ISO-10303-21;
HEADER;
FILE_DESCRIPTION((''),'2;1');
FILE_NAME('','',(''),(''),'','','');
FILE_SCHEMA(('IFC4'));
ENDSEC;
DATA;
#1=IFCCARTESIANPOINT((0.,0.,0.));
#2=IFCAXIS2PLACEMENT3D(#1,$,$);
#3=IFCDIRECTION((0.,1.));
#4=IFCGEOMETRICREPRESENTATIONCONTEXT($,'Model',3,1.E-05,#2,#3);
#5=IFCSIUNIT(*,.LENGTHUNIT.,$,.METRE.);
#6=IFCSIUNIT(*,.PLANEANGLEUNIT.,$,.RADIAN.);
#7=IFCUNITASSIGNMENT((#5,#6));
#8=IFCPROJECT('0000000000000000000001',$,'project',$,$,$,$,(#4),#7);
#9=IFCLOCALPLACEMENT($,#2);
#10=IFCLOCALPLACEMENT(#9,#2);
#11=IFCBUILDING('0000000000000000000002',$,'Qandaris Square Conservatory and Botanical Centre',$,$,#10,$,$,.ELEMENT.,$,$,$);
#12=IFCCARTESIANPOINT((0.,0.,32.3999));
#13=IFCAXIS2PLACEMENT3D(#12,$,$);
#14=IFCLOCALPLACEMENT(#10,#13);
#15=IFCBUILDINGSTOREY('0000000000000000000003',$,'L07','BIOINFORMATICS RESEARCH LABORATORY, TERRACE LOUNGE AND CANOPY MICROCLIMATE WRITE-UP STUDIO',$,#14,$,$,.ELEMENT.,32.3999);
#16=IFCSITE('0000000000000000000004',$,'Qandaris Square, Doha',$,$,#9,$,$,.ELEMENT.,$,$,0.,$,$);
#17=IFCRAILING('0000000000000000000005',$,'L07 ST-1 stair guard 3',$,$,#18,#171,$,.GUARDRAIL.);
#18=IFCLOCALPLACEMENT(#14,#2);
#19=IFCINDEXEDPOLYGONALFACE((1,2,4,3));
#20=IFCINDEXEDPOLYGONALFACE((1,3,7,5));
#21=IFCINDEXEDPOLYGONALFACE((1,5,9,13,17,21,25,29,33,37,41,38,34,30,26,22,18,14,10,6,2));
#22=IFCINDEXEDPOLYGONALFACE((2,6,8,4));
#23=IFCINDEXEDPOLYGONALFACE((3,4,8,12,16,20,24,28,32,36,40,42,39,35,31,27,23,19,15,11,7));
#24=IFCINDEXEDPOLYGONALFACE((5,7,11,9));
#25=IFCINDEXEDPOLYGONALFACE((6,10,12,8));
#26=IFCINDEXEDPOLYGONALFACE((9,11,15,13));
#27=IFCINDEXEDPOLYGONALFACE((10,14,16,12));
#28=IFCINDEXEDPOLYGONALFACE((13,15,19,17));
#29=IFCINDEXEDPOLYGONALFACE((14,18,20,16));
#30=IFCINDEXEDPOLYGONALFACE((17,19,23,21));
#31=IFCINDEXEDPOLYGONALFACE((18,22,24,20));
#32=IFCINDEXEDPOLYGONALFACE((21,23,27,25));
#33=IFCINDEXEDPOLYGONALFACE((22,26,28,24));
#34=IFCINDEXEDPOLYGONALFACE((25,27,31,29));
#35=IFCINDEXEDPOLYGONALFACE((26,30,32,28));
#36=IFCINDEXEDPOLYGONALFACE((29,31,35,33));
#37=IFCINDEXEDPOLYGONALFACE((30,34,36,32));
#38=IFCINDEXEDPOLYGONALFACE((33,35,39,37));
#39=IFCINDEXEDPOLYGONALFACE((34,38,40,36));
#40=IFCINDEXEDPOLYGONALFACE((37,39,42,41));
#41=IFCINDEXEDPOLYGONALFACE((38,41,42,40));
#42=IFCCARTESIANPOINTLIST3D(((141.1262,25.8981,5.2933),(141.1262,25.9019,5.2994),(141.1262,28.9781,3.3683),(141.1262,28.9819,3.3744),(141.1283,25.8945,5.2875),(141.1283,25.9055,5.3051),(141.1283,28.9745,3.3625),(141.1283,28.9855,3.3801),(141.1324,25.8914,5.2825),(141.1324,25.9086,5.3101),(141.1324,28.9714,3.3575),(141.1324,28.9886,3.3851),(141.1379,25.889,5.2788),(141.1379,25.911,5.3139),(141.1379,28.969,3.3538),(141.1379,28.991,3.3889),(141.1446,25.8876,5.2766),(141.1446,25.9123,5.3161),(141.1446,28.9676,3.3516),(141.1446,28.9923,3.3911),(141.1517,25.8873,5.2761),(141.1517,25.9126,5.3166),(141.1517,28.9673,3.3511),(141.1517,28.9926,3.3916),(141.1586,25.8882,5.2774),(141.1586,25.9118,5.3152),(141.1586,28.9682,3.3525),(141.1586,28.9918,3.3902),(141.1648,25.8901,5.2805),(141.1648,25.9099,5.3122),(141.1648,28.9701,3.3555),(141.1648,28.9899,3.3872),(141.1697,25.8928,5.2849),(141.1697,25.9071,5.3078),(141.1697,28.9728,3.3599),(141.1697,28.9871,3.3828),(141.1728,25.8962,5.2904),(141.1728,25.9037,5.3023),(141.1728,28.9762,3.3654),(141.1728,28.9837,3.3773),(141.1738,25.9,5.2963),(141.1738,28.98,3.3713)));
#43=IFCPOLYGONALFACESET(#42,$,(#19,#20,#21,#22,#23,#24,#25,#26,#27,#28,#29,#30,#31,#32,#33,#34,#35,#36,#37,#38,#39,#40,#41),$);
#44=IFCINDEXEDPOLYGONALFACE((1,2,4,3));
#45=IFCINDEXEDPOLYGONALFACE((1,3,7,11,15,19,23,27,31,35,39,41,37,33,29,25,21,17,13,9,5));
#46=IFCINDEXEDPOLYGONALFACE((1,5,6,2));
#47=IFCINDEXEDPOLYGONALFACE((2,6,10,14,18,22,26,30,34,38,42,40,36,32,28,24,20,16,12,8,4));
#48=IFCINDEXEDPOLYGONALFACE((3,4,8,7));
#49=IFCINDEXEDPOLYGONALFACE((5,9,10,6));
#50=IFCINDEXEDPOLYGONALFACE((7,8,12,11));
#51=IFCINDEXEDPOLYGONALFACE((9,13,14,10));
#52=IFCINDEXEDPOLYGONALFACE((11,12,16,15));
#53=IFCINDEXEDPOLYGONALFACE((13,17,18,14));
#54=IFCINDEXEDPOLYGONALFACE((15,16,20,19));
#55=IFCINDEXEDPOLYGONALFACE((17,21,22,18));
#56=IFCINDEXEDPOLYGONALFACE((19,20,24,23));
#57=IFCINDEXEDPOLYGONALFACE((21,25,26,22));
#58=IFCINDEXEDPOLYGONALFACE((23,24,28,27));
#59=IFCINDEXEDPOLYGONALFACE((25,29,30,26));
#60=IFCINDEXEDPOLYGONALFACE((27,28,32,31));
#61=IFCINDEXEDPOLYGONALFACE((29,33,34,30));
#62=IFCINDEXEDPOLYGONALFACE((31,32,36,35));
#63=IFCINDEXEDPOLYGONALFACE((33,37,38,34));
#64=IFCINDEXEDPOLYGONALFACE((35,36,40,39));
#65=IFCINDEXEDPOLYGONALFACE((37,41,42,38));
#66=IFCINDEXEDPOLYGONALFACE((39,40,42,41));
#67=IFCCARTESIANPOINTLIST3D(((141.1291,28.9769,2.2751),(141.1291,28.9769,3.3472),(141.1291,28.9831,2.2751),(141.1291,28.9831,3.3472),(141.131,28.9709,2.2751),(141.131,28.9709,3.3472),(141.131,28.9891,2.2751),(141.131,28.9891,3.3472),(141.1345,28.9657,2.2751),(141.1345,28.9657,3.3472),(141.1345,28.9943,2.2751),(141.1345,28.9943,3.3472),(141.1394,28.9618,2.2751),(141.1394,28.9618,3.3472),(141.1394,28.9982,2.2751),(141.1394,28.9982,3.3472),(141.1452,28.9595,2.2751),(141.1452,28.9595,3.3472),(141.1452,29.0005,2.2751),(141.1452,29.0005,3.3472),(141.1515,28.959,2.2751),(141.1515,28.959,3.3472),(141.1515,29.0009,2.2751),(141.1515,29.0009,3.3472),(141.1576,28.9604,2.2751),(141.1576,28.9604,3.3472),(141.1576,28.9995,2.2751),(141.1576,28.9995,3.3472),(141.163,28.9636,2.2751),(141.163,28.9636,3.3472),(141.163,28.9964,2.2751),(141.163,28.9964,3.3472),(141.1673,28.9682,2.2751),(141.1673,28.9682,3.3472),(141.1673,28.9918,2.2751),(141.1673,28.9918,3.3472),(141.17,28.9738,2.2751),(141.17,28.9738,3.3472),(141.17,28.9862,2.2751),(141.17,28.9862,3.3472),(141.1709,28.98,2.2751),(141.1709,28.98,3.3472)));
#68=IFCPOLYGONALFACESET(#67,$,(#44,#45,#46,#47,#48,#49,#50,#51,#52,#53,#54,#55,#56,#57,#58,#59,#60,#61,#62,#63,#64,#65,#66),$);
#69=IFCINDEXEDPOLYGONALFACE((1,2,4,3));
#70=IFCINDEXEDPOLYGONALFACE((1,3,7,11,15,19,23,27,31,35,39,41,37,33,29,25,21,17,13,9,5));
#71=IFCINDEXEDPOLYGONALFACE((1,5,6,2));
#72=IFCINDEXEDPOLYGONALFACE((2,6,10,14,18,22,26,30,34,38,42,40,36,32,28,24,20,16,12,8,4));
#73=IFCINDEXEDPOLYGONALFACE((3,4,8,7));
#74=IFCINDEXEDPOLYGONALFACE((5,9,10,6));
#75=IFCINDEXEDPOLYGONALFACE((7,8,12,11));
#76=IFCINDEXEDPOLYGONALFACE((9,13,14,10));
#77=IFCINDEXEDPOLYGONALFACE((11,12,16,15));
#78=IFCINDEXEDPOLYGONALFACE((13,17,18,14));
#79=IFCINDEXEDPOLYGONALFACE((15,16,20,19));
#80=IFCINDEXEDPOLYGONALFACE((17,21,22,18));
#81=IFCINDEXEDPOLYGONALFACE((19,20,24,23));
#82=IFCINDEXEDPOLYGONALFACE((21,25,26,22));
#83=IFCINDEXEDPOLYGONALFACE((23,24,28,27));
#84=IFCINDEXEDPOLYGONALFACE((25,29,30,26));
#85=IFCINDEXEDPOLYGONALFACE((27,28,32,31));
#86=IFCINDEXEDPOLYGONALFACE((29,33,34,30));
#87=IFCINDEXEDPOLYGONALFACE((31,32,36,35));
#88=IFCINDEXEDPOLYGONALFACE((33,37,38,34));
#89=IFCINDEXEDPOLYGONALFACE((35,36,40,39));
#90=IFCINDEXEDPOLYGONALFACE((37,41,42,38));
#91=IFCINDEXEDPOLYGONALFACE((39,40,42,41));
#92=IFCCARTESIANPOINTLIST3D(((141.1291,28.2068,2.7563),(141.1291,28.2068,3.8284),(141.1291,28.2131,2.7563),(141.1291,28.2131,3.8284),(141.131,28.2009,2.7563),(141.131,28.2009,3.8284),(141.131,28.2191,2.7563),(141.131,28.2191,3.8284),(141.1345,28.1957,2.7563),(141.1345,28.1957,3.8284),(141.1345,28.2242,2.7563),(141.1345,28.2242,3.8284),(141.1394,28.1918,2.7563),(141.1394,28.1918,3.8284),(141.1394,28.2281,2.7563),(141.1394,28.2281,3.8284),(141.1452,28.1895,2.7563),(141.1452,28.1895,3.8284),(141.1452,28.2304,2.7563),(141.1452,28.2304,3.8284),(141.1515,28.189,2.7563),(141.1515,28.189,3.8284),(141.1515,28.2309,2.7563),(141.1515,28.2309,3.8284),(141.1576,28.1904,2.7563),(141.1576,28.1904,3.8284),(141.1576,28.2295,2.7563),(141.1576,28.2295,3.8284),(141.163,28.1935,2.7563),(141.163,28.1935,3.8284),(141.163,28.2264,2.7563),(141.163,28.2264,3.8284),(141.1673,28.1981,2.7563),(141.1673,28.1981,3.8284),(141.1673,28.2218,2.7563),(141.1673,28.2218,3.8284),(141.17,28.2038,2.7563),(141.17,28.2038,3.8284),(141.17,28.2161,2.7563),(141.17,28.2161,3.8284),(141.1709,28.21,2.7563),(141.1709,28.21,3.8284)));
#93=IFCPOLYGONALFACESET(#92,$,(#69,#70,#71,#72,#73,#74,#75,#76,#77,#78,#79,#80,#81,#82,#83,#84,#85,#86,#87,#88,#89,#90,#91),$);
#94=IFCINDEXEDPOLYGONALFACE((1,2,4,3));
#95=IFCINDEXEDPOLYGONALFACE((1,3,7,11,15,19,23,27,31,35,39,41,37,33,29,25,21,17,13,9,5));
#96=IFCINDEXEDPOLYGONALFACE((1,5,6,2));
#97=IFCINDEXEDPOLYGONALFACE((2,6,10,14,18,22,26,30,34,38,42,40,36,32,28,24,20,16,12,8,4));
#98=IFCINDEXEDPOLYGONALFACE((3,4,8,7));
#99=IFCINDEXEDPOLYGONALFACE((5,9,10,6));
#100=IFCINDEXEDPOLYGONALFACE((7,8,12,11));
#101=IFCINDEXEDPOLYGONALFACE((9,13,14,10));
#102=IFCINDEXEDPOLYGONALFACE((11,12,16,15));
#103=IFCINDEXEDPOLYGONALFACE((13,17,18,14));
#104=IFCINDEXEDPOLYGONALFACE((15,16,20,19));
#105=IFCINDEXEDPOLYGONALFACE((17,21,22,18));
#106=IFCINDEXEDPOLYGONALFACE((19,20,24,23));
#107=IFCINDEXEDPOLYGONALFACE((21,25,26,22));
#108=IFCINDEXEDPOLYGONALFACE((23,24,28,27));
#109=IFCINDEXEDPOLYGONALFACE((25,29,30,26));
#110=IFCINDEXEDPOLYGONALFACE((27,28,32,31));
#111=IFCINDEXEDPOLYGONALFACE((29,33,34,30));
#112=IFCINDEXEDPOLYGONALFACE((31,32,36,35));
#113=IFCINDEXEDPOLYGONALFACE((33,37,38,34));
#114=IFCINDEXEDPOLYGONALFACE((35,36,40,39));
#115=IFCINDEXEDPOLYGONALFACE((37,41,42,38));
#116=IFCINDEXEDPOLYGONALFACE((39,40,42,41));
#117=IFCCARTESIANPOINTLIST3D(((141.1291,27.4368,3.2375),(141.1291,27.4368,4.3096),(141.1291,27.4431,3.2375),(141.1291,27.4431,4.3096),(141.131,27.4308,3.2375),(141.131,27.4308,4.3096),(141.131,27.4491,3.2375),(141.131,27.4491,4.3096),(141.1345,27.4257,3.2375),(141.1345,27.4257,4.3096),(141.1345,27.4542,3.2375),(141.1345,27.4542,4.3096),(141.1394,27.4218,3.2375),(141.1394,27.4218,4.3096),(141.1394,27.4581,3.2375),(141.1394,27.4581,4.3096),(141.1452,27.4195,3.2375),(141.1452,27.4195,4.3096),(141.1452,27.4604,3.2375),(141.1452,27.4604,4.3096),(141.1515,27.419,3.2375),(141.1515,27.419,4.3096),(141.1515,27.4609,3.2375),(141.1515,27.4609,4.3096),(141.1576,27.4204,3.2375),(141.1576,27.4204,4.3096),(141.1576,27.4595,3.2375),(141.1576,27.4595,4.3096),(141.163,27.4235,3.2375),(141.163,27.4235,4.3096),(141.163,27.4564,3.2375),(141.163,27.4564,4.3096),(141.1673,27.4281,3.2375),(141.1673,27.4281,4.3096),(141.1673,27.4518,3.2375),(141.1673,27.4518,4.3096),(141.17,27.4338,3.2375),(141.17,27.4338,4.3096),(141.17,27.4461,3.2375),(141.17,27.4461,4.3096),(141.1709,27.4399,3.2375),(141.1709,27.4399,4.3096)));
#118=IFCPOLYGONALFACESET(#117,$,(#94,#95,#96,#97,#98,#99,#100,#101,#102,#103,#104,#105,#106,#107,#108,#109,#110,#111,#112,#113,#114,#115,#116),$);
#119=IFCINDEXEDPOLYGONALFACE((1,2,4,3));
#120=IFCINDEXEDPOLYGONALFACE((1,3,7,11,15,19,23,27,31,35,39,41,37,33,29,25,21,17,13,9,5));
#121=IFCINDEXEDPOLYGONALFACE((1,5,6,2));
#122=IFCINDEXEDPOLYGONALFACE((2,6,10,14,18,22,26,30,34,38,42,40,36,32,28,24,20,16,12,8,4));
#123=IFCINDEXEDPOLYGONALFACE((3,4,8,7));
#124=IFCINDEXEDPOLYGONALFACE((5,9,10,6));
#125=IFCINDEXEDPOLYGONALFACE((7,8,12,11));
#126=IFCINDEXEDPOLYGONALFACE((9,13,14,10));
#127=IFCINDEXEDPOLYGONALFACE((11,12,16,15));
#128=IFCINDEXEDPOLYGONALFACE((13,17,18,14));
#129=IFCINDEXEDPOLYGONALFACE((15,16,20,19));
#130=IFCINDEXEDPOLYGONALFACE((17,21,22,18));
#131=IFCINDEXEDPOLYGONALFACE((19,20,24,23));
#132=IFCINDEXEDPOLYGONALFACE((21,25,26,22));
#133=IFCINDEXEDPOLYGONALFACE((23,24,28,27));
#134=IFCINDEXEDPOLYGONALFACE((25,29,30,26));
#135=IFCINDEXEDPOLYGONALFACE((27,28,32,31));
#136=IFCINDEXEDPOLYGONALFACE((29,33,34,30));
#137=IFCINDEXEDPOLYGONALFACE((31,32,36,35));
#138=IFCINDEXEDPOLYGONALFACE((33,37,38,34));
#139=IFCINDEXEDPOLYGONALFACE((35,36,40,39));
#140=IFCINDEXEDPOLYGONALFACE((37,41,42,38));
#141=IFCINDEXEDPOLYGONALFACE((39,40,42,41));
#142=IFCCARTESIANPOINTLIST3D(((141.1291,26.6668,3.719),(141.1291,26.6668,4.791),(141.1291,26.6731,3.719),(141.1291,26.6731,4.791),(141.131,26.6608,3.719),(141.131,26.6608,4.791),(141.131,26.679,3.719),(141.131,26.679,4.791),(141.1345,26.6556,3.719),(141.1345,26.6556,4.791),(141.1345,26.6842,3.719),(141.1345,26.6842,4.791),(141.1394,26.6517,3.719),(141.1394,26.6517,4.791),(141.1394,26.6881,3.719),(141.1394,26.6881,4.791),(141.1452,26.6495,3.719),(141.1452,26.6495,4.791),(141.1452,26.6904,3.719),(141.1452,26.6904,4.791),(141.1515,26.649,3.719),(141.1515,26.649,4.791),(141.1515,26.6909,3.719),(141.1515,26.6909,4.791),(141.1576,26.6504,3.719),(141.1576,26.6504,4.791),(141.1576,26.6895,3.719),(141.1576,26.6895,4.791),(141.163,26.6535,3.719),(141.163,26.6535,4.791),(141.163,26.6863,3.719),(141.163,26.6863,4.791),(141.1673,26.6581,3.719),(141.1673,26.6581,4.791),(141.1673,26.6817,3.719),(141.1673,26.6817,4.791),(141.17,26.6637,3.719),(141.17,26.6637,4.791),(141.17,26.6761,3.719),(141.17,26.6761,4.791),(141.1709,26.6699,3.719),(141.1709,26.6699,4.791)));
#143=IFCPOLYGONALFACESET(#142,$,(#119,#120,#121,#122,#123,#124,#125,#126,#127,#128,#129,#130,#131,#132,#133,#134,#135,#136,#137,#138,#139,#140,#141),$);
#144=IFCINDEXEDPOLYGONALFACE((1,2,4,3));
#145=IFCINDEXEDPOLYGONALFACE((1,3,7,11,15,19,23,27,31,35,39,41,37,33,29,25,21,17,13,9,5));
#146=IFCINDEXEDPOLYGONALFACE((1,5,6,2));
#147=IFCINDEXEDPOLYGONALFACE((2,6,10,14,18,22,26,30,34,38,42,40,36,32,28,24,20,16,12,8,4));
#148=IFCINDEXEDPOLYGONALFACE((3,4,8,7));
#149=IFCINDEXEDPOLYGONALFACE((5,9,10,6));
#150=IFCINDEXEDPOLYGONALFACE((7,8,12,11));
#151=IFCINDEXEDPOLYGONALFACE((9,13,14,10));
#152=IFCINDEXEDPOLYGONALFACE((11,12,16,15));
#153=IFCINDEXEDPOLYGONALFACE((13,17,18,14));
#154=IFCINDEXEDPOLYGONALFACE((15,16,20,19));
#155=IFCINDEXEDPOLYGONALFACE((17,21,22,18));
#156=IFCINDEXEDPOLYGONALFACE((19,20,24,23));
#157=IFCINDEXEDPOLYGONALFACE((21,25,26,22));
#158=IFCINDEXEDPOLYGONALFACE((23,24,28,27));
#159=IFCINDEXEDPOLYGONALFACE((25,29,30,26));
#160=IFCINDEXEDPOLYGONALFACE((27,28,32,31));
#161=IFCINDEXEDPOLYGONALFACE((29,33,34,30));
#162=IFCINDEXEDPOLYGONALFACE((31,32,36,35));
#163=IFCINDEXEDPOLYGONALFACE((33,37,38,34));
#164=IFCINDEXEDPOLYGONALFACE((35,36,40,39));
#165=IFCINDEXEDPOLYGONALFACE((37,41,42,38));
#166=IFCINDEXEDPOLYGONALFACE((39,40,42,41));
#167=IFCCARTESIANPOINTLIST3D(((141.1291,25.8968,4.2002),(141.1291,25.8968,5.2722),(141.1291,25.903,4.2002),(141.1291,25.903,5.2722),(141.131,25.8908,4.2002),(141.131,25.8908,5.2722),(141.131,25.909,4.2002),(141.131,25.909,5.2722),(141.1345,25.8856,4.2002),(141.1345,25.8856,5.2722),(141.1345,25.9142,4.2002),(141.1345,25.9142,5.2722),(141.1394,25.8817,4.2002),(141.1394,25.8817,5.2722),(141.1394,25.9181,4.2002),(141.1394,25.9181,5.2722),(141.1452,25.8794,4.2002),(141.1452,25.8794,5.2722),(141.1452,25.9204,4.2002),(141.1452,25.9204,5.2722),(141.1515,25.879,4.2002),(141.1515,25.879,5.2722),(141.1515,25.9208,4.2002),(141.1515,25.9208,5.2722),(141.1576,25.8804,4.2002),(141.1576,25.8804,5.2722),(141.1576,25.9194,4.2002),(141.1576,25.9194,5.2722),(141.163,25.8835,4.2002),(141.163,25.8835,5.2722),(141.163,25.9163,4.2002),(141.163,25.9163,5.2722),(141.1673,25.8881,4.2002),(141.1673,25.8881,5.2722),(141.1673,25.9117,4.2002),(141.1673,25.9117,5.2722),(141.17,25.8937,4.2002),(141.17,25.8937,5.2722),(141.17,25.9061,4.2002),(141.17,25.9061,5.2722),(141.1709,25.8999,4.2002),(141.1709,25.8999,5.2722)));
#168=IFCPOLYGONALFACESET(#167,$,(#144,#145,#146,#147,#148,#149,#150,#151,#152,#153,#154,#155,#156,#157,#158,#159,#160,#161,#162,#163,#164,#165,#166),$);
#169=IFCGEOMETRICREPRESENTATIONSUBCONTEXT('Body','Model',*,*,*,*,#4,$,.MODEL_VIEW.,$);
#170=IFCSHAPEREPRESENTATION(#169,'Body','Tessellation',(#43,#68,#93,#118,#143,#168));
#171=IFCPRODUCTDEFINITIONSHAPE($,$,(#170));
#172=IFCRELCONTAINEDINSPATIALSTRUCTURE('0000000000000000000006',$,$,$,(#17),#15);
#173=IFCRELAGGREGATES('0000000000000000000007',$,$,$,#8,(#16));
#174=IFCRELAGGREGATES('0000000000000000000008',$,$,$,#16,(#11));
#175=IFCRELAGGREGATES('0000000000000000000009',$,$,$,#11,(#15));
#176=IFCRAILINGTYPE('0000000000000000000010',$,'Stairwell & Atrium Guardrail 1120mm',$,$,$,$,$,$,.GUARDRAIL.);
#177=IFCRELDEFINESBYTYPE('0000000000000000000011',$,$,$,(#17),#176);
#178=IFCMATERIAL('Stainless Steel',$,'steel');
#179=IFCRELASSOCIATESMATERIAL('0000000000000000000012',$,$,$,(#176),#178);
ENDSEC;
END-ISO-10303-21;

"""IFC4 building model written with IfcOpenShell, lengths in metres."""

from ifc_helpers import new_model, si_unit, direction, frame, origin, origin_2d, place, context, subcontext, project, spatial, circle, extrude, material, type_object, element, save


model = new_model("IFC4")

# Units and contexts
model_context = context("Model", 3, precision=1e-05, world=origin(), true_north=direction((0.0, 1.0)))
body_context = subcontext(model_context, "Body", "Model", "MODEL_VIEW")
ifc_project = project(units=[si_unit("LENGTHUNIT", "METRE"), si_unit("PLANEANGLEUNIT", "RADIAN")], contexts=[model_context])

# Site, building, storey
site_placement = place(None, origin())
site = spatial("IfcSite", under=ifc_project, at=site_placement, Name="Qandaris Square, Doha", CompositionType="ELEMENT", RefElevation=0.0)
building_placement = place(site_placement, origin())
building = spatial("IfcBuilding", under=site, at=building_placement, Name="Qandaris Square Conservatory and Botanical Centre", CompositionType="ELEMENT")
storey_placement = place(building_placement, frame((0.0, 0.0, 32.3999)))
storey = spatial("IfcBuildingStorey", under=building, at=storey_placement, Name="L07", Description="BIOINFORMATICS RESEARCH LABORATORY, TERRACE LOUNGE AND CANOPY MICROCLIMATE WRITE-UP STUDIO", CompositionType="ELEMENT", Elevation=32.3999)

# Railing
ifc_material_1 = material(Name="Stainless Steel", Category="steel")
railing_type_1 = type_object("IfcRailingType", Name="Stairwell & Atrium Guardrail 1120mm", PredefinedType="GUARDRAIL", material=ifc_material_1)
railing_1_placement = place(storey_placement, frame((141.1499, 28.98, 2.2751)))
element("IfcRailing", 1, at=railing_1_placement, inside=storey, type_object=railing_type_1, Name="L07 ST-1 stair guard 3", PredefinedType="GUARDRAIL", context=body_context, shape_type="SweptSolid", body=[
    extrude(circle(Radius=0.0239, at=origin_2d()), frame((0.0, 0.0, 1.0962), z_axis=(0.0, -0.847998, 0.529999), x_axis=(1.0, 0.0, 0.0)), (0.0, 0.0, 1.0), 3.6321),
    extrude(circle(Radius=0.021, at=origin_2d()), origin(), (0.0, 0.0, 1.0), 1.072),
    extrude(circle(Radius=0.021, at=origin_2d()), frame((0.0, -0.77, 0.4812)), (0.0, 0.0, 1.0), 1.072),
    extrude(circle(Radius=0.021, at=origin_2d()), frame((0.0, -1.54, 0.9624)), (0.0, 0.0, 1.0), 1.072),
    extrude(circle(Radius=0.021, at=origin_2d()), frame((0.0, -2.3101, 1.4438)), (0.0, 0.0, 1.0), 1.072),
    extrude(circle(Radius=0.021, at=origin_2d()), frame((0.0, -3.0801, 1.925)), (0.0, 0.0, 1.0), 1.072),
])

save(model, "model.ifc")
